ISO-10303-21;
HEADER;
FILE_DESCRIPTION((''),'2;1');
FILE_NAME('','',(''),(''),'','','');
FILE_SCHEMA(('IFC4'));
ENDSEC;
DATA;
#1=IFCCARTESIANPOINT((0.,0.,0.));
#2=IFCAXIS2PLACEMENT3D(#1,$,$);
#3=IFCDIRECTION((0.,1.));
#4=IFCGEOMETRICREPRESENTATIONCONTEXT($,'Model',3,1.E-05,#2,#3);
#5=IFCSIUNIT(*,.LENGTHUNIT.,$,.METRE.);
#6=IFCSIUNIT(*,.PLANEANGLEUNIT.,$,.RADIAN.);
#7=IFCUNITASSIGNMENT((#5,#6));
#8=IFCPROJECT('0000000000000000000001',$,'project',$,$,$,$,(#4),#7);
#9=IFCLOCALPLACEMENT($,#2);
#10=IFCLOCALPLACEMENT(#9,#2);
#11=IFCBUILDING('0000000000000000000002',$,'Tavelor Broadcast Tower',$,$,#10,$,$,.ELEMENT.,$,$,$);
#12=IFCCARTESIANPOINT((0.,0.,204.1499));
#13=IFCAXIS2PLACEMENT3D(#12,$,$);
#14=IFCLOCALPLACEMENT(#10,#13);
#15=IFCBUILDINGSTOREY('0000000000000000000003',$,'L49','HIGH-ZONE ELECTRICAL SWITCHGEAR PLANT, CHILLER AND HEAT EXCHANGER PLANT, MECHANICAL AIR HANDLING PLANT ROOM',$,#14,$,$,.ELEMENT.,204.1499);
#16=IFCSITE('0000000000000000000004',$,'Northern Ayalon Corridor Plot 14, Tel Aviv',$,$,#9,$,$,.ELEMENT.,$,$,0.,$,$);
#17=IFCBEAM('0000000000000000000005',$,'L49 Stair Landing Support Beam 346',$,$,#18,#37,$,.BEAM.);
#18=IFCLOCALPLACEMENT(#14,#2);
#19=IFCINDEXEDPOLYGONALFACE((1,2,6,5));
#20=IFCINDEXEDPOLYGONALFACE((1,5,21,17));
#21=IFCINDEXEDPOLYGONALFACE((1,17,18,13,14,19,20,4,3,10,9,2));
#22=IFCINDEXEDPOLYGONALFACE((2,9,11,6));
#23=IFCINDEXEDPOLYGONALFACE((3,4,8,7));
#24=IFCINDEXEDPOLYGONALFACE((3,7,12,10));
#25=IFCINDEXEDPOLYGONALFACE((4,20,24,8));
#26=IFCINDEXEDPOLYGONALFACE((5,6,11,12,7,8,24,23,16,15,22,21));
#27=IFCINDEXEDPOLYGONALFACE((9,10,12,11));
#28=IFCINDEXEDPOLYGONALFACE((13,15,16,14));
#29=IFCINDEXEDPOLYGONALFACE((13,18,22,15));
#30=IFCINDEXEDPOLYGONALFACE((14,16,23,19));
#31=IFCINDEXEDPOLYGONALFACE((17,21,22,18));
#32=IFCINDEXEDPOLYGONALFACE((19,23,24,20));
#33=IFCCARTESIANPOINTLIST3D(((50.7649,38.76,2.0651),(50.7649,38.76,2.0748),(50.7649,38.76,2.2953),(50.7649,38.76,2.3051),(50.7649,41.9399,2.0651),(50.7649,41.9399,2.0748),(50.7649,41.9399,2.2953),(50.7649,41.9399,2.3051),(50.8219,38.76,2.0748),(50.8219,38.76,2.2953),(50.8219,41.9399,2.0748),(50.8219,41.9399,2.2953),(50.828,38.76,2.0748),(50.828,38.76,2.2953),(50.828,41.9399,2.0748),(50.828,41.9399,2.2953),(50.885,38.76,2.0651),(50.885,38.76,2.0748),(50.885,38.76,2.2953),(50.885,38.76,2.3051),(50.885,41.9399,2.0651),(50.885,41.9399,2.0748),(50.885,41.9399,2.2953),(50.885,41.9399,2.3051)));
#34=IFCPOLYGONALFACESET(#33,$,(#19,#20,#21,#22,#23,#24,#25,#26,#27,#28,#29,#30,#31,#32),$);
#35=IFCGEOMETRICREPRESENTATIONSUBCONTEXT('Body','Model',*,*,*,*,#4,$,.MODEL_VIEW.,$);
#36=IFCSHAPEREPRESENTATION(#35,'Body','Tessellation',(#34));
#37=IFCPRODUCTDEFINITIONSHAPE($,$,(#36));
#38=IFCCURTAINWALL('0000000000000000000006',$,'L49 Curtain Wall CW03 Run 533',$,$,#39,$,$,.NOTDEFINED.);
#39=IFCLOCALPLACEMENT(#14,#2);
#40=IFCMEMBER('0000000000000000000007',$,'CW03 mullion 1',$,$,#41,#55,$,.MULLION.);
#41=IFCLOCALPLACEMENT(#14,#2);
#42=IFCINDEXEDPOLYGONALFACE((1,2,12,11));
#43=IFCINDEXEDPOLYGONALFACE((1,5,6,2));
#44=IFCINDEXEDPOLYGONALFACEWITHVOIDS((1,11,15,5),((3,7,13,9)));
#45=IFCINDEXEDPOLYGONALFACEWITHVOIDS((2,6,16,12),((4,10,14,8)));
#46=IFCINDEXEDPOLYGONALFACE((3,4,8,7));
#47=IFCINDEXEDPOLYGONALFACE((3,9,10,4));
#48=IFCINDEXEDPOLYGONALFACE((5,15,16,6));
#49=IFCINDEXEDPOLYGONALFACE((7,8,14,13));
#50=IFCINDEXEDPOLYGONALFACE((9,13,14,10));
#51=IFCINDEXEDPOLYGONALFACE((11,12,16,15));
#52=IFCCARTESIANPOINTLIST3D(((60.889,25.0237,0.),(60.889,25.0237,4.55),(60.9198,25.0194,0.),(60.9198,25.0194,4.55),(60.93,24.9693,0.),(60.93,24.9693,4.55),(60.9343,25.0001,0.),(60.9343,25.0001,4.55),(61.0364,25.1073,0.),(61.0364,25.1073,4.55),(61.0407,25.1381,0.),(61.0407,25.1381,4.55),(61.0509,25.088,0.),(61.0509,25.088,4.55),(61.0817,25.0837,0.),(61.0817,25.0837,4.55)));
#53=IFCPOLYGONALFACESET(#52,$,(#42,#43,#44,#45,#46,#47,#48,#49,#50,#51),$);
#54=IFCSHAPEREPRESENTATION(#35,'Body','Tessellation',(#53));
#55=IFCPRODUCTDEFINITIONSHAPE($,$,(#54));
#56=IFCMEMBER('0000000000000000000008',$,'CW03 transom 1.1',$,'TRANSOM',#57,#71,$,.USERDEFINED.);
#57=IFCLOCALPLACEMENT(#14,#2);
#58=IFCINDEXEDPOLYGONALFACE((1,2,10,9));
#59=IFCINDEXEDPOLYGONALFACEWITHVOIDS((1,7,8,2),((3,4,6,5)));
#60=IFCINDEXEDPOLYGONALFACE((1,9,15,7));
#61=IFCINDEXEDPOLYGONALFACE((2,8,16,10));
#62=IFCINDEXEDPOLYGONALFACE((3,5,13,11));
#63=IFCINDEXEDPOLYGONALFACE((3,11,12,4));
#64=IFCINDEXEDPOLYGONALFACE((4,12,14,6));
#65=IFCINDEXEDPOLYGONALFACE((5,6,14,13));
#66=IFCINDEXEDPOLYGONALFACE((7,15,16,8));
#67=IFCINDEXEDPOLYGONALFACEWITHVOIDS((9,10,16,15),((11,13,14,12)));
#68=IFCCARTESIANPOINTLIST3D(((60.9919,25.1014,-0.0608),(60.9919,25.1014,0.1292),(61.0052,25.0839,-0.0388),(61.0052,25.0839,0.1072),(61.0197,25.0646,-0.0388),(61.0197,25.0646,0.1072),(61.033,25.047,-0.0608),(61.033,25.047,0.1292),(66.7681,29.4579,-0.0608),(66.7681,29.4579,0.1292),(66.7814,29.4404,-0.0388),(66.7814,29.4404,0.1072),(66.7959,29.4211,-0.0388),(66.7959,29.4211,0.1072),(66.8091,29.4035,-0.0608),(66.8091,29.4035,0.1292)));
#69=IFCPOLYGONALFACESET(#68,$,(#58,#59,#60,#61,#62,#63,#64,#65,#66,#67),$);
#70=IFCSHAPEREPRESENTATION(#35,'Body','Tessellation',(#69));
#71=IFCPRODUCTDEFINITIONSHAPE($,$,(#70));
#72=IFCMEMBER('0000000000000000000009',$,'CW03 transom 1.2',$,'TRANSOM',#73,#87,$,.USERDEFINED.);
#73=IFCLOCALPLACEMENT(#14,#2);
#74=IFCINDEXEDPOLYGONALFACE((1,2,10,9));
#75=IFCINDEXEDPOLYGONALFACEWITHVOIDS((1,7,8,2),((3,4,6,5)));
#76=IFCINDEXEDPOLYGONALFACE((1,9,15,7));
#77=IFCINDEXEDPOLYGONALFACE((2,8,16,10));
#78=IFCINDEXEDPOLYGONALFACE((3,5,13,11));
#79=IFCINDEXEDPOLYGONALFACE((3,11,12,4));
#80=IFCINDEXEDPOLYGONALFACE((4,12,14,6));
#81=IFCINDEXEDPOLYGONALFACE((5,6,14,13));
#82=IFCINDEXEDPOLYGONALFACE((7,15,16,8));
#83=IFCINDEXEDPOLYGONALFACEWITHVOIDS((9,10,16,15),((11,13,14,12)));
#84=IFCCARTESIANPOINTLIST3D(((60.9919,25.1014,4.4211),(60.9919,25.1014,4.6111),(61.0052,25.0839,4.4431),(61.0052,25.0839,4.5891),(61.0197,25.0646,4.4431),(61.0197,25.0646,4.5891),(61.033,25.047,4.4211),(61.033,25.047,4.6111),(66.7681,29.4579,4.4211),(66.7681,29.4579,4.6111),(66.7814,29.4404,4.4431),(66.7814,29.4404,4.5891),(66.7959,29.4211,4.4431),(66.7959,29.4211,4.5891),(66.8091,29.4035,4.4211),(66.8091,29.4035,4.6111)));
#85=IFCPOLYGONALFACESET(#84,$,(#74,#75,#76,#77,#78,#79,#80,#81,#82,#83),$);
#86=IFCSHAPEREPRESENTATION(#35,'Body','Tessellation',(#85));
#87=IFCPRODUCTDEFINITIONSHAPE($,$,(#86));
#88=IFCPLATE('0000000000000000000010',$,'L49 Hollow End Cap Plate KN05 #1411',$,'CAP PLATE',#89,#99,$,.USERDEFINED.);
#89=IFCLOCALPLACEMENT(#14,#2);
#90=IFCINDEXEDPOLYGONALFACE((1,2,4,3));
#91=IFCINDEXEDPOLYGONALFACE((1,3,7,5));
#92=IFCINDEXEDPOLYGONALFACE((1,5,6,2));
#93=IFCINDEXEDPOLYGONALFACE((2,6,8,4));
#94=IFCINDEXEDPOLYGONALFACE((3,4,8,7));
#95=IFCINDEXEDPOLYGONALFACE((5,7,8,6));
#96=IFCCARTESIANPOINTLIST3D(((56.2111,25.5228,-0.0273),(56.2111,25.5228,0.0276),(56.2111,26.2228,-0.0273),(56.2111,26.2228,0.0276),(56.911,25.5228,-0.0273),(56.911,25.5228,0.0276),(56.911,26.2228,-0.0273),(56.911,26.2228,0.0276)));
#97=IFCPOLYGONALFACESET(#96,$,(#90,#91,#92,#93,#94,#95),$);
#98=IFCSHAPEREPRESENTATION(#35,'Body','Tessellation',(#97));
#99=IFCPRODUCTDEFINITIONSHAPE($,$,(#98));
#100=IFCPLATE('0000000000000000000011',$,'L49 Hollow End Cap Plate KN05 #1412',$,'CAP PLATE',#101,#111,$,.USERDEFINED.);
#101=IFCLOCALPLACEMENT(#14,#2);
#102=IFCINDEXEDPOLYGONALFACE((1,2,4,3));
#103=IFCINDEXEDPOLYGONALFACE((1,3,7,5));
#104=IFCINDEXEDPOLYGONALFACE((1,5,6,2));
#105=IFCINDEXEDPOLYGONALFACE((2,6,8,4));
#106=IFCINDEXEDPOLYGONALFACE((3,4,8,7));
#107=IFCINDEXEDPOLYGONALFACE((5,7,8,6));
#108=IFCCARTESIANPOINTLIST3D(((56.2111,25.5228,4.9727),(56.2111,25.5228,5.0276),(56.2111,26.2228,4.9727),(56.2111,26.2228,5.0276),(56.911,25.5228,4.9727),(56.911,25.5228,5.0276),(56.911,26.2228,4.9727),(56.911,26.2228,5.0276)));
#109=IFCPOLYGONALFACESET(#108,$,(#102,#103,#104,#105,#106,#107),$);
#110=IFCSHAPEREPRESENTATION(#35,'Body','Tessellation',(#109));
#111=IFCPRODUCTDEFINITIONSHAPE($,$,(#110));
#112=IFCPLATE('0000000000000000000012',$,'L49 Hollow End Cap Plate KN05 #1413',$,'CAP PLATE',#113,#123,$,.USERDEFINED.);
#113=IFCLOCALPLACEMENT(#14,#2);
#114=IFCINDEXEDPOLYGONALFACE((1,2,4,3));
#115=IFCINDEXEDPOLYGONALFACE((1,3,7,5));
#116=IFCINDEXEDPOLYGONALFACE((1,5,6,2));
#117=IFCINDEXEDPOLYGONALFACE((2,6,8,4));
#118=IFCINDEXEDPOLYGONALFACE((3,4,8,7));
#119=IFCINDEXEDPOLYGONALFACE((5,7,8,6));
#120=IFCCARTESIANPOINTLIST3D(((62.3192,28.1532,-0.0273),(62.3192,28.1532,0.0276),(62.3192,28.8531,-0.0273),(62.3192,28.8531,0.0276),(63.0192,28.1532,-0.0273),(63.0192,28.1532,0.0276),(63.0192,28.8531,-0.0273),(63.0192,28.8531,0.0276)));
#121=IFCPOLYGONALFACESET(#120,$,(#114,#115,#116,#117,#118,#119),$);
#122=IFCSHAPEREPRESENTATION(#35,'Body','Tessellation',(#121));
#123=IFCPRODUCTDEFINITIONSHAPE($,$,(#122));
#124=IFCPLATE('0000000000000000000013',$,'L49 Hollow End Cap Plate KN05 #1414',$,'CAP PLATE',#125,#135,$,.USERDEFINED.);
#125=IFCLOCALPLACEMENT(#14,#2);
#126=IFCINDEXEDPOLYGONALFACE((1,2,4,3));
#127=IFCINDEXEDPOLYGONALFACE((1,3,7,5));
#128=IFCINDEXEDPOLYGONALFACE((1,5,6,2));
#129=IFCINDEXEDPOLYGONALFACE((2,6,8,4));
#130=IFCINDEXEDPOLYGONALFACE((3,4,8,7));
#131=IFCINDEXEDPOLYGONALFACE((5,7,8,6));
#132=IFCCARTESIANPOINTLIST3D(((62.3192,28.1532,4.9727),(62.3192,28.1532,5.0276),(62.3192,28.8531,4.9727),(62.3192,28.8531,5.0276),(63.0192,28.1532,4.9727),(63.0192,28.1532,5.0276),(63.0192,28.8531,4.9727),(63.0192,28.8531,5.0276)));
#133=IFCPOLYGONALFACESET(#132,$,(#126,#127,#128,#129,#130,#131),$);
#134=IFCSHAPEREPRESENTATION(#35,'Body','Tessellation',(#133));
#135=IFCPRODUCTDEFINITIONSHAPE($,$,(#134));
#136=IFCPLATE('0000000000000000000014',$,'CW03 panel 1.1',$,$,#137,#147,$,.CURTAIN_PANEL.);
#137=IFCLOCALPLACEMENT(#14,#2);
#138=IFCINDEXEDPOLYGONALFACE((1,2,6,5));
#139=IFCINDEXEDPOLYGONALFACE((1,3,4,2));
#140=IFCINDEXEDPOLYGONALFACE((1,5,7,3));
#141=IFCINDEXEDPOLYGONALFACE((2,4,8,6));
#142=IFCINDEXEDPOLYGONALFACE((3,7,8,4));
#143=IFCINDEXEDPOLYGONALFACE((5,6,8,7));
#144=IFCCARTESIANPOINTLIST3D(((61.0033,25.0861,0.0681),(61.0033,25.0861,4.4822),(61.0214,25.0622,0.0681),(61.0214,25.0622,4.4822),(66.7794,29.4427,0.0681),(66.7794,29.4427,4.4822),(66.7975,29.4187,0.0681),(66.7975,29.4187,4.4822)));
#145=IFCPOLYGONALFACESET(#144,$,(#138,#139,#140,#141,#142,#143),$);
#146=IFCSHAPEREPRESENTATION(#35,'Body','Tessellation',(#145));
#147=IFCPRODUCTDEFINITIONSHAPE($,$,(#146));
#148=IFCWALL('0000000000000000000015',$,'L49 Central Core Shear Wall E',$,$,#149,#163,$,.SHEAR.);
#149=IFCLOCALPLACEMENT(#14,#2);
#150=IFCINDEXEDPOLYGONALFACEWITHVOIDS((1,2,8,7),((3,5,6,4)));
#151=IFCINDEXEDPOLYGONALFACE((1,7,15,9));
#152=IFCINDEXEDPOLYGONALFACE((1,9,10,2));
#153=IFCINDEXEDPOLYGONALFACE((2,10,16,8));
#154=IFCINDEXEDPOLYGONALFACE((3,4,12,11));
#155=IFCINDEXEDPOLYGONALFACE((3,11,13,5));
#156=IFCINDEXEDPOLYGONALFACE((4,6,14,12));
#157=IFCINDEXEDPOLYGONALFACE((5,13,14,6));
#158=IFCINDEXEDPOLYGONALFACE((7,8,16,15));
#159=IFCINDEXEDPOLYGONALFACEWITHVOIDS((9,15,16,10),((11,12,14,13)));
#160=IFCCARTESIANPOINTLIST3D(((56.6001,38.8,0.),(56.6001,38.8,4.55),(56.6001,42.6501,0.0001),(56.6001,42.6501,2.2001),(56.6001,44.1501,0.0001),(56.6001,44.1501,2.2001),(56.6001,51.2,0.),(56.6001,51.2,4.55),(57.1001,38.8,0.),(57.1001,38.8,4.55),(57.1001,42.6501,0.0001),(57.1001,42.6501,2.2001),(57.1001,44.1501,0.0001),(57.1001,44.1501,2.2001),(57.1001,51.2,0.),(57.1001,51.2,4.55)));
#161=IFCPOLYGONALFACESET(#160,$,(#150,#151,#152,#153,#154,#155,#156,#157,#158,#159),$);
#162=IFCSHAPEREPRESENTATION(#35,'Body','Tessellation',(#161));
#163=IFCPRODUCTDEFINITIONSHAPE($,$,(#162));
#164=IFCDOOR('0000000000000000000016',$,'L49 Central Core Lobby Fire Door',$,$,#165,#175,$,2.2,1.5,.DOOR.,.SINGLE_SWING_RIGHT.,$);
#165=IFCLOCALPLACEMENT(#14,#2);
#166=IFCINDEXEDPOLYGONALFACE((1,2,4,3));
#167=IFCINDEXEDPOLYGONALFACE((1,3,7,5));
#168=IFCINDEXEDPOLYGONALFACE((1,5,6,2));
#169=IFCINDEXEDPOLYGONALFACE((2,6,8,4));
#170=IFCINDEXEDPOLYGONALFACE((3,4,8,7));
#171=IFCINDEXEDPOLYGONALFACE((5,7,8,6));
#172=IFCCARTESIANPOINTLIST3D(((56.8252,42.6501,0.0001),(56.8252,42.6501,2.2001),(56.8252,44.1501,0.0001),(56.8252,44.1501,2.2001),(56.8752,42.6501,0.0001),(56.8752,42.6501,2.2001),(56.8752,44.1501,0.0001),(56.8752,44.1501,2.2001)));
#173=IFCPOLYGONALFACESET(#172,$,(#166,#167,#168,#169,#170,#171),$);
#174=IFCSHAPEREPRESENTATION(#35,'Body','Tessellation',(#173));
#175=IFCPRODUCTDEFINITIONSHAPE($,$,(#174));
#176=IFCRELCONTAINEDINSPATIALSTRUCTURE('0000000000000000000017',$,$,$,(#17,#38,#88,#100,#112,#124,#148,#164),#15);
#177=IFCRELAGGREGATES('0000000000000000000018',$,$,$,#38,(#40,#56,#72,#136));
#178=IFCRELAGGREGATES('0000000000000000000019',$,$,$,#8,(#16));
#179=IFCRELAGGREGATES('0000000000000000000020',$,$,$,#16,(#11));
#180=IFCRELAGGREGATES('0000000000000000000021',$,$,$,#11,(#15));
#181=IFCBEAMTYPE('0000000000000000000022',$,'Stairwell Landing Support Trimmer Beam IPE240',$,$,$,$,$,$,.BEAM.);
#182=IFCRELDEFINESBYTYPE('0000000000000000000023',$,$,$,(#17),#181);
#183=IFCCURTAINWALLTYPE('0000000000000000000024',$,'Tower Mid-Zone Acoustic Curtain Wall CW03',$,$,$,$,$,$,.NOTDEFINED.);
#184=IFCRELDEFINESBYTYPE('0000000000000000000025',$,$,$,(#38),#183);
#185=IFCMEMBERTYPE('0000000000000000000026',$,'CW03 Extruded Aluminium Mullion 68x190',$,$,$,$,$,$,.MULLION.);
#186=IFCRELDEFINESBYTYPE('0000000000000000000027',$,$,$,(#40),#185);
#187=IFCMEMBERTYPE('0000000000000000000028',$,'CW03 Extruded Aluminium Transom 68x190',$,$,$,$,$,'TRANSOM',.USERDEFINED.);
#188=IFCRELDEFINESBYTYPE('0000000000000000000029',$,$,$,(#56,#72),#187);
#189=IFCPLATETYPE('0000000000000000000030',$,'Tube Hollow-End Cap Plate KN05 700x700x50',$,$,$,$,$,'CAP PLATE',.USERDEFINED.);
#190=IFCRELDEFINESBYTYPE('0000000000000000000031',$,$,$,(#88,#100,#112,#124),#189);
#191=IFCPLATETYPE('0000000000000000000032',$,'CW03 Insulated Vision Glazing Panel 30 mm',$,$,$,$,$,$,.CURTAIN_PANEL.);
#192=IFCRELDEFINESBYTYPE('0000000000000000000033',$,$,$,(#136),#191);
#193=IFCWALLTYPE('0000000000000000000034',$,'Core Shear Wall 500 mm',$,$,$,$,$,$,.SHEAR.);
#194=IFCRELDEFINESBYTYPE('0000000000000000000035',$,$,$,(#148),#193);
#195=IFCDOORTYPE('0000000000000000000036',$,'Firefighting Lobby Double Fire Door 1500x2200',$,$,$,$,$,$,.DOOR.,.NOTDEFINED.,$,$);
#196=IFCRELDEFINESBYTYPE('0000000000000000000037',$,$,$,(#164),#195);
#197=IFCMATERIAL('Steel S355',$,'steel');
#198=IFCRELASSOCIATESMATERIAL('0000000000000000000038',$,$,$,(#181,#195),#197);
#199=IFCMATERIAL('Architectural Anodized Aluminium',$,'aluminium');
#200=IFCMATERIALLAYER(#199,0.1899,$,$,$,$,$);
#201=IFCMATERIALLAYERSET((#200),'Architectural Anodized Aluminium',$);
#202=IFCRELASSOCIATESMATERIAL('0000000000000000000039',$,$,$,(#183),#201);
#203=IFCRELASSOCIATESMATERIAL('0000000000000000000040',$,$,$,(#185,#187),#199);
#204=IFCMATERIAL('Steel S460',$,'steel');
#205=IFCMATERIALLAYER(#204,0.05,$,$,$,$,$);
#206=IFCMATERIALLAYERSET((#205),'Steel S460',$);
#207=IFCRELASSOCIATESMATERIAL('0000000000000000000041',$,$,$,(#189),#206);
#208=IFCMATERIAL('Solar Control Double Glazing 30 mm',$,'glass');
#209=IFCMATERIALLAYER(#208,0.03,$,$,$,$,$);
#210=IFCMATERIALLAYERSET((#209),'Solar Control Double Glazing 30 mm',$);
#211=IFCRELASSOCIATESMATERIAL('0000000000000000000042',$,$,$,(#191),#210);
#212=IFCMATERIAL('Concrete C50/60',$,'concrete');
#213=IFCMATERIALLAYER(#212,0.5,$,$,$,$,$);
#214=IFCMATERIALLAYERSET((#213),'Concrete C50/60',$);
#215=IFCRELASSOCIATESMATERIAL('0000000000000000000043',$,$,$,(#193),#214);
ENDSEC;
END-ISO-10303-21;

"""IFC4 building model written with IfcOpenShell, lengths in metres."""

from ifc_helpers import new_model, si_unit, direction, frame, frame_2d, origin, origin_2d, place, context, subcontext, project, spatial, rectangle, hollow_rectangle, i_section, extrude, source, transform, mapped, material, layer, layer_set, material_profile, profile_set, type_object, type_shapes, element, fill, aggregate, save


model = new_model("IFC4")

# Units and contexts
model_context = context("Model", 3, precision=1e-05, world=origin(), true_north=direction((0.0, 1.0)))
body_context = subcontext(model_context, "Body", "Model", "MODEL_VIEW")
ifc_project = project(units=[si_unit("LENGTHUNIT", "METRE"), si_unit("PLANEANGLEUNIT", "RADIAN")], contexts=[model_context])

# Site, building, storey
site_placement = place(None, origin())
site = spatial("IfcSite", under=ifc_project, at=site_placement, Name="Northern Ayalon Corridor Plot 14, Tel Aviv", CompositionType="ELEMENT", RefElevation=0.0)
building_placement = place(site_placement, origin())
building = spatial("IfcBuilding", under=site, at=building_placement, Name="Tavelor Broadcast Tower", CompositionType="ELEMENT")
storey_placement = place(building_placement, frame((0.0, 0.0, 204.1499)))
storey = spatial("IfcBuildingStorey", under=building, at=storey_placement, Name="L49", Description="HIGH-ZONE ELECTRICAL SWITCHGEAR PLANT, CHILLER AND HEAT EXCHANGER PLANT, MECHANICAL AIR HANDLING PLANT ROOM", CompositionType="ELEMENT", Elevation=204.1499)

# Shared definitions
ifc_material_1 = material(Name="Concrete C50/60", Category="concrete")
ifc_material_2 = material(Name="Steel S460", Category="steel")

# Beam
ifc_material_3 = material(Name="Steel S355", Category="steel")
ifc_material_profile_1 = material_profile(ifc_material_3, i_section(OverallWidth=0.1201, OverallDepth=0.24, WebThickness=0.0061, FlangeThickness=0.0098, at=origin_2d()), Name="IPE 240")
ifc_profile_set_1 = profile_set([ifc_material_profile_1], Name="Steel S355")
beam_type_1 = type_object("IfcBeamType", Name="Stairwell Landing Support Trimmer Beam IPE240", PredefinedType="BEAM", material=ifc_profile_set_1)
for number, where, z_axis, x_axis, name in (
    (1, (50.825, 38.76, 2.1851), (0.0, 1.0, 0.0), (-1.0, 0.0, 0.0), "L49 Stair Landing Support Beam 346"),
):
    element("IfcBeam", number, at=place(storey_placement, frame(where, z_axis=z_axis, x_axis=x_axis)), inside=storey, type_object=beam_type_1, Name=name, PredefinedType="BEAM", context=body_context, shape_type="SweptSolid", body=[
        extrude(i_section(OverallWidth=0.1201, OverallDepth=0.24, WebThickness=0.0061, FlangeThickness=0.0098, at=origin_2d()), origin(), (0.0, 0.0, 1.0), 3.1799),
    ])

# Curtain wall, members
ifc_material_4 = material(Name="Architectural Anodized Aluminium", Category="aluminium")
ifc_layer_1 = layer(ifc_material_4, 0.1899)
ifc_layer_set_1 = layer_set([ifc_layer_1], Name="Architectural Anodized Aluminium")
curtain_wall_type = type_object("IfcCurtainWallType", Name="Tower Mid-Zone Acoustic Curtain Wall CW03", PredefinedType="NOTDEFINED", material=ifc_layer_set_1)
curtain_wall_placement = place(storey_placement, origin())
curtain_wall = element("IfcCurtainWall", 2, at=curtain_wall_placement, inside=storey, type_object=curtain_wall_type, Name="L49 Curtain Wall CW03 Run 533", PredefinedType="NOTDEFINED")
ifc_material_profile_2 = material_profile(ifc_material_4, hollow_rectangle(XDim=0.0681, YDim=0.1899, WallThickness=0.022, at=origin_2d()), Name="RHS 68x190x22")
ifc_profile_set_2 = profile_set([ifc_material_profile_2], Name="Architectural Anodized Aluminium")
member_type_1 = type_object("IfcMemberType", Name="CW03 Extruded Aluminium Mullion 68x190", PredefinedType="MULLION", material=ifc_profile_set_2)
shared_shape_1 = source(origin(), body_context, "Body", "SweptSolid", [
    extrude(hollow_rectangle(XDim=0.0681, YDim=0.1899, WallThickness=0.022, at=origin_2d()), origin(), (0.0, 0.0, 1.0), 4.55),
])
type_shapes(member_type_1, [shared_shape_1])
member_1_placement = place(storey_placement, frame((60.9854, 25.0537, 0.0), z_axis=(0.0, 0.0, 1.0), x_axis=(-0.602164, 0.798372, 0.0)))
member_1 = element("IfcMember", 3, at=member_1_placement, type_object=member_type_1, Name="CW03 mullion 1", PredefinedType="MULLION", context=body_context, shape_type="MappedRepresentation", body=[
    mapped(shared_shape_1, transform((0.0, 0.0, 0.0), scale=1.0)),
])
ifc_material_profile_3 = material_profile(ifc_material_4, hollow_rectangle(XDim=0.0681, YDim=0.1899, WallThickness=0.022, at=origin_2d()), Name="RHS 68x190x22")
ifc_profile_set_3 = profile_set([ifc_material_profile_3], Name="Architectural Anodized Aluminium")
member_type_2 = type_object("IfcMemberType", Name="CW03 Extruded Aluminium Transom 68x190", ElementType="TRANSOM", PredefinedType="USERDEFINED", material=ifc_profile_set_3)
shared_shape_2 = source(origin(), body_context, "Body", "SweptSolid", [
    extrude(hollow_rectangle(XDim=0.0681, YDim=0.1899, WallThickness=0.022, at=origin_2d()), origin(), (0.0, 0.0, 1.0), 7.2349),
])
type_shapes(member_type_2, [shared_shape_2])
member_2_placement = place(storey_placement, frame((61.0125, 25.0742, 0.0342), z_axis=(0.798381, 0.602152, 0.0), x_axis=(-0.602152, 0.798381, 0.0)))
member_2 = element("IfcMember", 4, at=member_2_placement, type_object=member_type_2, Name="CW03 transom 1.1", ObjectType="TRANSOM", PredefinedType="USERDEFINED", context=body_context, shape_type="MappedRepresentation", body=[
    mapped(shared_shape_2, transform((0.0, 0.0, 0.0), scale=1.0)),
])
member_3_placement = place(storey_placement, frame((61.0125, 25.0742, 4.5161), z_axis=(0.798381, 0.602152, 0.0), x_axis=(-0.602152, 0.798381, 0.0)))
member_3 = element("IfcMember", 5, at=member_3_placement, type_object=member_type_2, Name="CW03 transom 1.2", ObjectType="TRANSOM", PredefinedType="USERDEFINED", context=body_context, shape_type="MappedRepresentation", body=[
    mapped(shared_shape_2, transform((0.0, 0.0, 0.0), scale=1.0)),
])

# Plates
ifc_layer_2 = layer(ifc_material_2, 0.05)
ifc_layer_set_2 = layer_set([ifc_layer_2], Name="Steel S460")
plate_type_1 = type_object("IfcPlateType", Name="Tube Hollow-End Cap Plate KN05 700x700x50", ElementType="CAP PLATE", PredefinedType="USERDEFINED", material=ifc_layer_set_2)
shared_shape_3 = source(origin(), body_context, "Body", "SweptSolid", [
    extrude(rectangle(XDim=0.7, YDim=0.7, at=origin_2d()), origin(), (0.0, 0.0, 1.0), 0.0549),
])
type_shapes(plate_type_1, [shared_shape_3])
for number, where, z_axis, x_axis, name in (
    (6, (56.561, 25.8728, -0.0273), (0.0, 0.0, 1.0), (1.0, 0.0, 0.0), "L49 Hollow End Cap Plate KN05 #1411"),
    (7, (56.561, 25.8728, 4.9727), (0.0, 0.0, 1.0), (1.0, 0.0, 0.0), "L49 Hollow End Cap Plate KN05 #1412"),
    (8, (62.6692, 28.5032, -0.0273), (0.0, 0.0, 1.0), (1.0, 0.0, 0.0), "L49 Hollow End Cap Plate KN05 #1413"),
    (9, (62.6692, 28.5032, 4.9727), (0.0, 0.0, 1.0), (1.0, 0.0, 0.0), "L49 Hollow End Cap Plate KN05 #1414"),
):
    element("IfcPlate", number, at=place(storey_placement, frame(where, z_axis=z_axis, x_axis=x_axis)), inside=storey, type_object=plate_type_1, Name=name, ObjectType="CAP PLATE", PredefinedType="USERDEFINED", context=body_context, shape_type="MappedRepresentation", body=[
        mapped(shared_shape_3, transform((0.0, 0.0, 0.0), scale=1.0)),
    ])

# Plate
ifc_material_5 = material(Name="Solar Control Double Glazing 30 mm", Category="glass")
ifc_layer_3 = layer(ifc_material_5, 0.03)
ifc_layer_set_3 = layer_set([ifc_layer_3], Name="Solar Control Double Glazing 30 mm")
plate_type_2 = type_object("IfcPlateType", Name="CW03 Insulated Vision Glazing Panel 30 mm", PredefinedType="CURTAIN_PANEL", material=ifc_layer_set_3)
shared_shape_4 = source(origin(), body_context, "Body", "SweptSolid", [
    extrude(rectangle(XDim=7.2349, YDim=0.03, at=origin_2d()), origin(), (0.0, 0.0, 1.0), 4.4141),
])
type_shapes(plate_type_2, [shared_shape_4])
plate_placement = place(storey_placement, frame((63.9004, 27.2524, 0.0681), z_axis=(0.0, 0.0, 1.0), x_axis=(0.798372, 0.602164, 0.0)))
plate = element("IfcPlate", 10, at=plate_placement, type_object=plate_type_2, Name="CW03 panel 1.1", PredefinedType="CURTAIN_PANEL", context=body_context, shape_type="MappedRepresentation", body=[
    mapped(shared_shape_4, transform((0.0, 0.0, 0.0), scale=1.0)),
])
aggregate(curtain_wall, [member_1, member_2, member_3, plate])

# Wall, opening, door
ifc_layer_4 = layer(ifc_material_1, 0.5)
ifc_layer_set_4 = layer_set([ifc_layer_4], Name="Concrete C50/60")
wall_type_1 = type_object("IfcWallType", Name="Core Shear Wall 500 mm", PredefinedType="SHEAR", material=ifc_layer_set_4)
wall_1_placement = place(storey_placement, frame((56.8501, 38.8, 0.0), z_axis=(0.0, 0.0, 1.0), x_axis=(0.0, 1.0, 0.0)))
wall_1 = element("IfcWall", 11, at=wall_1_placement, inside=storey, type_object=wall_type_1, Name="L49 Central Core Shear Wall E", PredefinedType="SHEAR", context=body_context, shape_type="SweptSolid", body=[
    extrude(rectangle(XDim=12.3999, YDim=0.5, at=frame_2d((6.2, 0.0))), origin(), (0.0, 0.0, 1.0), 4.55),
])
opening_1_placement = place(wall_1_placement, frame((3.8501, 0.0, 0.0)))
opening_1 = element("IfcOpeningElement", 12, at=opening_1_placement, cuts=wall_1, PredefinedType="OPENING", context=body_context, shape_type="SweptSolid", body=[
    extrude(rectangle(XDim=1.5, YDim=2.2, at=frame_2d((0.75, 1.1001))), frame((0.0, 0.26, 0.0), z_axis=(0.0, -1.0, 0.0), x_axis=(1.0, 0.0, 0.0)), (0.0, 0.0, 1.0), 0.52),
])
door_type_1 = type_object("IfcDoorType", Name="Firefighting Lobby Double Fire Door 1500x2200", OperationType="NOTDEFINED", PredefinedType="DOOR", material=ifc_material_3)
door_1_placement = place(opening_1_placement, origin())
door_1 = element("IfcDoor", 13, at=door_1_placement, inside=storey, type_object=door_type_1, Name="L49 Central Core Lobby Fire Door", OperationType="SINGLE_SWING_RIGHT", OverallHeight=2.2, OverallWidth=1.5, PredefinedType="DOOR", context=body_context, shape_type="SweptSolid", body=[
    extrude(rectangle(XDim=1.5, YDim=2.2, at=frame_2d((0.75, 1.1001))), frame((0.0, 0.0249, 0.0), z_axis=(0.0, -1.0, 0.0), x_axis=(1.0, 0.0, 0.0)), (0.0, 0.0, 1.0), 0.05),
])
fill(opening_1, door_1)

save(model, "model.ifc")
